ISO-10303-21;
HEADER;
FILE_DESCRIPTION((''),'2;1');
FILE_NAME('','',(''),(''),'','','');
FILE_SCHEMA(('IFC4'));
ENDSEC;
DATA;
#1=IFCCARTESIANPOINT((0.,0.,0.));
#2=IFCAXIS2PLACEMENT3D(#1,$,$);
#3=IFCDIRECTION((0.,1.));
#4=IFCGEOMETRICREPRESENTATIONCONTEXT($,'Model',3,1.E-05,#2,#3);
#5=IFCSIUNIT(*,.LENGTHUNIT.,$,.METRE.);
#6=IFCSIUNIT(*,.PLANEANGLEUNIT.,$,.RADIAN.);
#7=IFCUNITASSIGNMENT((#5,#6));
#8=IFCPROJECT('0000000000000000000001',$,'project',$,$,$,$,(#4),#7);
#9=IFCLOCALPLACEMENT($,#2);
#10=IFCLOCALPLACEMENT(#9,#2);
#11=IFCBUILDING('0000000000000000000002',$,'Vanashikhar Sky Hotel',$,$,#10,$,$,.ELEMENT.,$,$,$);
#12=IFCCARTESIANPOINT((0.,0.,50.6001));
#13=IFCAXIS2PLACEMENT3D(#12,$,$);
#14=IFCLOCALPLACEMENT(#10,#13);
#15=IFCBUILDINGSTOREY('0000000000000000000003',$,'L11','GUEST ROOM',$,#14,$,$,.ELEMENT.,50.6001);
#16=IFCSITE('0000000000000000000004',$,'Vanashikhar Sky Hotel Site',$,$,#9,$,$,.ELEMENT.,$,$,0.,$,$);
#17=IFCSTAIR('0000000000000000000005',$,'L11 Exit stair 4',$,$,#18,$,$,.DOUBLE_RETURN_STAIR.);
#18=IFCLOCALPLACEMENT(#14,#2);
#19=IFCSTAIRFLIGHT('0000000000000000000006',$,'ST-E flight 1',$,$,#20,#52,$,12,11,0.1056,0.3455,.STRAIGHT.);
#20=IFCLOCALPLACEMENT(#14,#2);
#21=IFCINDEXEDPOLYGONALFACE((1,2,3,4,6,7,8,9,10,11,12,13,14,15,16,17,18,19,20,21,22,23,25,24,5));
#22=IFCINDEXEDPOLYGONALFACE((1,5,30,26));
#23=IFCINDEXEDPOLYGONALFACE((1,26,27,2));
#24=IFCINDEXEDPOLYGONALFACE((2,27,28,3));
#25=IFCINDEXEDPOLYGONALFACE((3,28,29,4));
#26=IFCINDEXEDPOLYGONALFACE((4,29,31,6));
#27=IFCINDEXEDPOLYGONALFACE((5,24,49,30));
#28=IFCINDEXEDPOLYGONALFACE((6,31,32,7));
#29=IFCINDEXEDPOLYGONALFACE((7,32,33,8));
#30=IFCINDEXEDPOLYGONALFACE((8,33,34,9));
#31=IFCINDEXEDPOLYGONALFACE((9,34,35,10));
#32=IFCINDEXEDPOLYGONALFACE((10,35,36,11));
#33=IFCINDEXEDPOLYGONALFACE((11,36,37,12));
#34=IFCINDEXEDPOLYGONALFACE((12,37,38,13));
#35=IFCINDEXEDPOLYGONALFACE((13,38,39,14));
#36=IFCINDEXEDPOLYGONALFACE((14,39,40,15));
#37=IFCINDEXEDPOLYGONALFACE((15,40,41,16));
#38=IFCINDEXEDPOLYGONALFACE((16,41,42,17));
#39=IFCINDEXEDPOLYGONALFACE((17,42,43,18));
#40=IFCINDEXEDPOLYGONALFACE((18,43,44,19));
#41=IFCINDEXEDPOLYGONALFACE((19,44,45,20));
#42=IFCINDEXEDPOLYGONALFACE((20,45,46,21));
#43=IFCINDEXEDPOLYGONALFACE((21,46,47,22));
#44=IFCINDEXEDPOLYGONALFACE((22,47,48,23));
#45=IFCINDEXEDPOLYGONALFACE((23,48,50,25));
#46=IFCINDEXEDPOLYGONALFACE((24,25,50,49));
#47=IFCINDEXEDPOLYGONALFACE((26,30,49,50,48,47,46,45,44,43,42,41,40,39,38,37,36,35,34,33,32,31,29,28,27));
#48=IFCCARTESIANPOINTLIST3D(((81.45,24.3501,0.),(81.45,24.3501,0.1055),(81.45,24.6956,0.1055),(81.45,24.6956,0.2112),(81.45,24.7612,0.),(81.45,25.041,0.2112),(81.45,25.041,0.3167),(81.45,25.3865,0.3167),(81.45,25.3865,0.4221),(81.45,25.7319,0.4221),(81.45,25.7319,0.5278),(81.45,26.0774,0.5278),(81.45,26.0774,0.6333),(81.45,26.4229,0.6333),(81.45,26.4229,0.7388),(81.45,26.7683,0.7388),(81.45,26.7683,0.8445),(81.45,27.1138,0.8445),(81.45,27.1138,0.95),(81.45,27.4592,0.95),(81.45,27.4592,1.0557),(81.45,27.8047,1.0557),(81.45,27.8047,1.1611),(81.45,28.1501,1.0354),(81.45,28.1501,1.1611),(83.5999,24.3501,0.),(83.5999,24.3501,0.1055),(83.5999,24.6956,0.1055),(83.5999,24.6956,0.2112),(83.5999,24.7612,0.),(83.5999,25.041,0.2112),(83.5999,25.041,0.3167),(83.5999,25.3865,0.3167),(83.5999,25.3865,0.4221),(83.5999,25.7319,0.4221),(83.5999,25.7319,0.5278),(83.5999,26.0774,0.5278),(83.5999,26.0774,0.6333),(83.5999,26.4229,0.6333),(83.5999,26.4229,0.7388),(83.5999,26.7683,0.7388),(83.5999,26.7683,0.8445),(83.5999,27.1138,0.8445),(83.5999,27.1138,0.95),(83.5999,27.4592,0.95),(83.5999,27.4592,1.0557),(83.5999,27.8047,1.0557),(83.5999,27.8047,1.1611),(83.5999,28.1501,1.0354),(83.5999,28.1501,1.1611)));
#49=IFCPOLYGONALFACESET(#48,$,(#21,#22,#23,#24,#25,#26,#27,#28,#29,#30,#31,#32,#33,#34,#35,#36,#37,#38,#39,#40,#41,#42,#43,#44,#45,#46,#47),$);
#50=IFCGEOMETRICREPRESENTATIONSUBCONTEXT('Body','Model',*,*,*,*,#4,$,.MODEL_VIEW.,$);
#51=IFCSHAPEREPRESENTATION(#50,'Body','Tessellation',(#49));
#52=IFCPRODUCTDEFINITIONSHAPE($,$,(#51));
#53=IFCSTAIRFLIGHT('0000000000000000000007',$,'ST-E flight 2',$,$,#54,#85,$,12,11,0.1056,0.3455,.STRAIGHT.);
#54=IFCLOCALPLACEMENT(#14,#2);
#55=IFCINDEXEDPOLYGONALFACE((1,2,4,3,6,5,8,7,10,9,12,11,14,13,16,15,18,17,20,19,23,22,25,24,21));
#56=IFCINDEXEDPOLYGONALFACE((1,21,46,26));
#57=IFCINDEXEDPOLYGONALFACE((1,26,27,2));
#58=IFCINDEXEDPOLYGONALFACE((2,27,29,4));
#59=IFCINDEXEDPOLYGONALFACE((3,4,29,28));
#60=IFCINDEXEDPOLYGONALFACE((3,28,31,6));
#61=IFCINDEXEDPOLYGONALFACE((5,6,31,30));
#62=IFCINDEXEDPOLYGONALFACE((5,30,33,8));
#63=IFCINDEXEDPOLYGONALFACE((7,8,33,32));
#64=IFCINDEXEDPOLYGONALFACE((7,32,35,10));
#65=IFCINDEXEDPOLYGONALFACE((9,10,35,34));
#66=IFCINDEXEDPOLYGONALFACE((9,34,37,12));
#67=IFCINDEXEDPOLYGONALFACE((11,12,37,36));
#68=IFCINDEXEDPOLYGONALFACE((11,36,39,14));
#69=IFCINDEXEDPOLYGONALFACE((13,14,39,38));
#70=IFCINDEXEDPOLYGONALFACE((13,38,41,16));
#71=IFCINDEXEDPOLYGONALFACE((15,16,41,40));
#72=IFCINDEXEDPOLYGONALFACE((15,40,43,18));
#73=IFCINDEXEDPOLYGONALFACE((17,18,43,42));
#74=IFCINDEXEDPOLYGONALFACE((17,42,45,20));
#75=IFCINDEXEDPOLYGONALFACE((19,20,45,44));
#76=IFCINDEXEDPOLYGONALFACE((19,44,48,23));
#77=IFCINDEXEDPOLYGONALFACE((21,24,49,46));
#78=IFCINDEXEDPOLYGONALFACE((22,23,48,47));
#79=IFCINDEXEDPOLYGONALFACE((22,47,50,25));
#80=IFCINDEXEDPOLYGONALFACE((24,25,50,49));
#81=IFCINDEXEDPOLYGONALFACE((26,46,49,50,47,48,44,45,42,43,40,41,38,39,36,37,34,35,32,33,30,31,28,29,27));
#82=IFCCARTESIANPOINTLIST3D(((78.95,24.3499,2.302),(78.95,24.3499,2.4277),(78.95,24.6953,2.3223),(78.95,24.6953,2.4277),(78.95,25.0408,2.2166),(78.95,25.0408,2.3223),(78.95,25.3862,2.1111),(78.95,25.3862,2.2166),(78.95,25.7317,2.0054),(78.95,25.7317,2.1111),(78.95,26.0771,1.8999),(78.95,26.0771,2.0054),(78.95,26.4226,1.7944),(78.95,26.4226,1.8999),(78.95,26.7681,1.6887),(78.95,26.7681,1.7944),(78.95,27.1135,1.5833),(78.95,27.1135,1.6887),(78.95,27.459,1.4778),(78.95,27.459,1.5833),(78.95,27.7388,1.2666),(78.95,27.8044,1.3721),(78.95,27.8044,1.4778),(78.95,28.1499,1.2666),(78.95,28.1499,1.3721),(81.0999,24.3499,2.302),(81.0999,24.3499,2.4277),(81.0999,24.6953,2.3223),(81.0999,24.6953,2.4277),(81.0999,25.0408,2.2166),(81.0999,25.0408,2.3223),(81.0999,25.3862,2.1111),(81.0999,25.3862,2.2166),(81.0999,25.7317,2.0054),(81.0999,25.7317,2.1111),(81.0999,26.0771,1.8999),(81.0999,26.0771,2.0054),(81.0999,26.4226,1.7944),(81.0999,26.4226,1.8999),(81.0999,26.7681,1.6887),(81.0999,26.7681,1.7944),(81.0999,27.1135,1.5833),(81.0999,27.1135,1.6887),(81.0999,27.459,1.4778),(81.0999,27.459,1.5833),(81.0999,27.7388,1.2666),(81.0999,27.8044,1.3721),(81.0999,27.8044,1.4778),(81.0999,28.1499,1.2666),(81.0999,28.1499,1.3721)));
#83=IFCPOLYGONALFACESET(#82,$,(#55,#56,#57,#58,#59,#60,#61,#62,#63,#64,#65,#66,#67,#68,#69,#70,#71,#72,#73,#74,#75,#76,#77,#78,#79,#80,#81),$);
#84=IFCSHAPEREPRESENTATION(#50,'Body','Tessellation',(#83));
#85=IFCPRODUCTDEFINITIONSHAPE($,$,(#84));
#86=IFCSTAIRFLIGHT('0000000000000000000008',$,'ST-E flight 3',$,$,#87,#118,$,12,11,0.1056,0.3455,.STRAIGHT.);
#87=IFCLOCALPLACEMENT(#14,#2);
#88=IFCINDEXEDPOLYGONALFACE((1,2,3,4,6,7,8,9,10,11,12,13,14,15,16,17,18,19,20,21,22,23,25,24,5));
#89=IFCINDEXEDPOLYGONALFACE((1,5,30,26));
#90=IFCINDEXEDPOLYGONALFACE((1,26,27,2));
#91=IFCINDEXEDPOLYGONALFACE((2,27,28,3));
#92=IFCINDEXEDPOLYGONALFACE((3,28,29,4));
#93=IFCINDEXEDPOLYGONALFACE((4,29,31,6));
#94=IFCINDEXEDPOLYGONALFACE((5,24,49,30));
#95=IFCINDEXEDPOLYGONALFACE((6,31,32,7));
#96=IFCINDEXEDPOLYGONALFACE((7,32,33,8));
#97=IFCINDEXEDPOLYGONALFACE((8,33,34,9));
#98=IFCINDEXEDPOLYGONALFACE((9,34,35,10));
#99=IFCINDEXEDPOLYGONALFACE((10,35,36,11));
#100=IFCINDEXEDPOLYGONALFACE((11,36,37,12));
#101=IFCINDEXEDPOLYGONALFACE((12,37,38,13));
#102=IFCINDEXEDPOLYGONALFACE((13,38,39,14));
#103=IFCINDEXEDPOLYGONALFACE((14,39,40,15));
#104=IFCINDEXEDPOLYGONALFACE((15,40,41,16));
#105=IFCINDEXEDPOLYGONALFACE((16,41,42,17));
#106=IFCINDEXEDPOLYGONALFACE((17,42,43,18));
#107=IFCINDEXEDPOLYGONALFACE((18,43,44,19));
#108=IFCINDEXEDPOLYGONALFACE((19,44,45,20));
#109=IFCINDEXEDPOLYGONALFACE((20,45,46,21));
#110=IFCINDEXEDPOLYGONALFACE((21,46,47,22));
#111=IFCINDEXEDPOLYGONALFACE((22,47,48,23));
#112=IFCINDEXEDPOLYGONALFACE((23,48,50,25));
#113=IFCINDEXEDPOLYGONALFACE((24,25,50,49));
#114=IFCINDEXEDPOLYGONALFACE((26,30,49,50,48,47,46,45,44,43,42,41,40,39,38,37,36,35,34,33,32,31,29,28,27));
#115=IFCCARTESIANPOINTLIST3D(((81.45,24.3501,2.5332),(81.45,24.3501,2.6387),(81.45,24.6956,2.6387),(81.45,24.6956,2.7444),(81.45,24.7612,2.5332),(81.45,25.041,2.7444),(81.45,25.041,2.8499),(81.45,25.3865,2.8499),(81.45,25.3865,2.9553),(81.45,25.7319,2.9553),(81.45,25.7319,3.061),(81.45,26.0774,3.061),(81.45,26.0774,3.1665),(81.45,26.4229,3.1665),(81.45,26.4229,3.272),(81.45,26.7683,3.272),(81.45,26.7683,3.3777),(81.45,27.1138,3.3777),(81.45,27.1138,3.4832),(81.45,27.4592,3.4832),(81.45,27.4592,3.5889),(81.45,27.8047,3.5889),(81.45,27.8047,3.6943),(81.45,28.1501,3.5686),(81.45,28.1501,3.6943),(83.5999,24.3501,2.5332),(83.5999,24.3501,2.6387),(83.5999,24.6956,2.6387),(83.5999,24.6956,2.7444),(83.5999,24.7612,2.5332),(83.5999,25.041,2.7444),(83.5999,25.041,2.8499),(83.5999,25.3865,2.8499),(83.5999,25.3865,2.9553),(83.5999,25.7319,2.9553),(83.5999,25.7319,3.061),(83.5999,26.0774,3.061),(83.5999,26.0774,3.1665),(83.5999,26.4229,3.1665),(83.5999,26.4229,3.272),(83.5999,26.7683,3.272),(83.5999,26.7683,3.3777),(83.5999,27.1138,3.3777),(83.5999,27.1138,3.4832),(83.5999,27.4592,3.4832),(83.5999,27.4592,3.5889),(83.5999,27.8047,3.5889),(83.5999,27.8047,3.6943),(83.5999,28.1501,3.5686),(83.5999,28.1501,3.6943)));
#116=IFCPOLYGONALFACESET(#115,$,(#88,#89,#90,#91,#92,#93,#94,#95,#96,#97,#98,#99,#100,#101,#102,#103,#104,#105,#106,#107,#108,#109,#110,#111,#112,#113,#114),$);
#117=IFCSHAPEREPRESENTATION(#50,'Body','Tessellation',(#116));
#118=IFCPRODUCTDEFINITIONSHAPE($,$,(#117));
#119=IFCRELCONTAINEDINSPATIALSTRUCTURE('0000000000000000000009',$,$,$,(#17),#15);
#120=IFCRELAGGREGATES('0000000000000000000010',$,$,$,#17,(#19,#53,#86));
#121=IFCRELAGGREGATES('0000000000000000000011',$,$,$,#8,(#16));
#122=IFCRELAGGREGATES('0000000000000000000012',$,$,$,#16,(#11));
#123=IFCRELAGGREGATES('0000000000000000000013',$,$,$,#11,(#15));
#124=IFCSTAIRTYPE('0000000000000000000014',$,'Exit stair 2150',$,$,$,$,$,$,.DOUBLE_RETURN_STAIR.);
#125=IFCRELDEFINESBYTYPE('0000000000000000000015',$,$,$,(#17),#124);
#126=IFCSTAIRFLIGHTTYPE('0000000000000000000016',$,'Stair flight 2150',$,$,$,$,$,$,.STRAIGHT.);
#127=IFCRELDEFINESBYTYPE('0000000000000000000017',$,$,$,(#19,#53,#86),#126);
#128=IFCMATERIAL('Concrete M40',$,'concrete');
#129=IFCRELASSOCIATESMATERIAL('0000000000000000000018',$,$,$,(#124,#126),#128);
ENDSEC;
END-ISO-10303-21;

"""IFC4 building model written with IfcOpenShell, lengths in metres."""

from ifc_helpers import new_model, si_unit, direction, frame, origin, place, context, subcontext, project, spatial, polyline, outline, extrude, source, transform, mapped, material, type_object, element, aggregate, save


model = new_model("IFC4")

# Units and contexts
model_context = context("Model", 3, precision=1e-05, world=origin(), true_north=direction((0.0, 1.0)))
body_context = subcontext(model_context, "Body", "Model", "MODEL_VIEW")
ifc_project = project(units=[si_unit("LENGTHUNIT", "METRE"), si_unit("PLANEANGLEUNIT", "RADIAN")], contexts=[model_context])

# Site, building, storey
site_placement = place(None, origin())
site = spatial("IfcSite", under=ifc_project, at=site_placement, Name="Vanashikhar Sky Hotel Site", CompositionType="ELEMENT", RefElevation=0.0)
building_placement = place(site_placement, origin())
building = spatial("IfcBuilding", under=site, at=building_placement, Name="Vanashikhar Sky Hotel", CompositionType="ELEMENT")
storey_placement = place(building_placement, frame((0.0, 0.0, 50.6001)))
storey = spatial("IfcBuildingStorey", under=building, at=storey_placement, Name="L11", Description="GUEST ROOM", CompositionType="ELEMENT", Elevation=50.6001)

# Stair, stair flights
ifc_material_1 = material(Name="Concrete M40", Category="concrete")
stair_type = type_object("IfcStairType", Name="Exit stair 2150", PredefinedType="DOUBLE_RETURN_STAIR", material=ifc_material_1)
stair_placement = place(storey_placement, origin())
stair = element("IfcStair", 1, at=stair_placement, inside=storey, type_object=stair_type, Name="L11 Exit stair 4", PredefinedType="DOUBLE_RETURN_STAIR")
stair_flight_type = type_object("IfcStairFlightType", Name="Stair flight 2150", PredefinedType="STRAIGHT", material=ifc_material_1)
shared_shape_1 = source(origin(), body_context, "Body", "SweptSolid", [
    extrude(outline(polyline([(0.0, 0.0), (0.0, 0.1055), (0.3455, 0.1055), (0.3455, 0.2112), (0.6909, 0.2112), (0.6909, 0.3167), (1.0364, 0.3167), (1.0364, 0.4221), (1.3818, 0.4221), (1.3818, 0.5278), (1.7273, 0.5278), (1.7273, 0.6333), (2.0728, 0.6333), (2.0728, 0.7388), (2.4182, 0.7388), (2.4182, 0.8445), (2.7637, 0.8445), (2.7637, 0.95), (3.1091, 0.95), (3.1091, 1.0557), (3.4546, 1.0557), (3.4546, 1.1611), (3.8, 1.1611), (3.8, 1.2666), (3.8, 1.0354), (0.4111, 0.0), (0.0, 0.0)])), frame((0.0, 1.075, 0.0), z_axis=(0.0, -1.0, 0.0), x_axis=(1.0, 0.0, 0.0)), (0.0, 0.0, 1.0), 2.1499),
])
stair_flight_1_placement = place(storey_placement, frame((82.5249, 24.3501, 0.0), z_axis=(0.0, 0.0, 1.0), x_axis=(0.0, 1.0, 0.0)))
stair_flight_1 = element("IfcStairFlight", 2, at=stair_flight_1_placement, type_object=stair_flight_type, Name="ST-E flight 1", NumberOfRisers=12, NumberOfTreads=11, PredefinedType="STRAIGHT", RiserHeight=0.1056, TreadLength=0.3455, context=body_context, shape_type="MappedRepresentation", body=[
    mapped(shared_shape_1, transform((0.0, 0.0, 0.0), scale=1.0)),
])
stair_flight_2_placement = place(storey_placement, frame((80.0249, 28.1499, 1.2666), z_axis=(0.0, 0.0, 1.0), x_axis=(0.0, -1.0, 0.0)))
stair_flight_2 = element("IfcStairFlight", 3, at=stair_flight_2_placement, type_object=stair_flight_type, Name="ST-E flight 2", NumberOfRisers=12, NumberOfTreads=11, PredefinedType="STRAIGHT", RiserHeight=0.1056, TreadLength=0.3455, context=body_context, shape_type="MappedRepresentation", body=[
    mapped(shared_shape_1, transform((0.0, 0.0, 0.0), scale=1.0)),
])
stair_flight_3_placement = place(storey_placement, frame((82.5249, 24.3501, 2.5332), z_axis=(0.0, 0.0, 1.0), x_axis=(0.0, 1.0, 0.0)))
stair_flight_3 = element("IfcStairFlight", 4, at=stair_flight_3_placement, type_object=stair_flight_type, Name="ST-E flight 3", NumberOfRisers=12, NumberOfTreads=11, PredefinedType="STRAIGHT", RiserHeight=0.1056, TreadLength=0.3455, context=body_context, shape_type="MappedRepresentation", body=[
    mapped(shared_shape_1, transform((0.0, 0.0, 0.0), scale=1.0)),
])
aggregate(stair, [stair_flight_1, stair_flight_2, stair_flight_3])

save(model, "model.ifc")
